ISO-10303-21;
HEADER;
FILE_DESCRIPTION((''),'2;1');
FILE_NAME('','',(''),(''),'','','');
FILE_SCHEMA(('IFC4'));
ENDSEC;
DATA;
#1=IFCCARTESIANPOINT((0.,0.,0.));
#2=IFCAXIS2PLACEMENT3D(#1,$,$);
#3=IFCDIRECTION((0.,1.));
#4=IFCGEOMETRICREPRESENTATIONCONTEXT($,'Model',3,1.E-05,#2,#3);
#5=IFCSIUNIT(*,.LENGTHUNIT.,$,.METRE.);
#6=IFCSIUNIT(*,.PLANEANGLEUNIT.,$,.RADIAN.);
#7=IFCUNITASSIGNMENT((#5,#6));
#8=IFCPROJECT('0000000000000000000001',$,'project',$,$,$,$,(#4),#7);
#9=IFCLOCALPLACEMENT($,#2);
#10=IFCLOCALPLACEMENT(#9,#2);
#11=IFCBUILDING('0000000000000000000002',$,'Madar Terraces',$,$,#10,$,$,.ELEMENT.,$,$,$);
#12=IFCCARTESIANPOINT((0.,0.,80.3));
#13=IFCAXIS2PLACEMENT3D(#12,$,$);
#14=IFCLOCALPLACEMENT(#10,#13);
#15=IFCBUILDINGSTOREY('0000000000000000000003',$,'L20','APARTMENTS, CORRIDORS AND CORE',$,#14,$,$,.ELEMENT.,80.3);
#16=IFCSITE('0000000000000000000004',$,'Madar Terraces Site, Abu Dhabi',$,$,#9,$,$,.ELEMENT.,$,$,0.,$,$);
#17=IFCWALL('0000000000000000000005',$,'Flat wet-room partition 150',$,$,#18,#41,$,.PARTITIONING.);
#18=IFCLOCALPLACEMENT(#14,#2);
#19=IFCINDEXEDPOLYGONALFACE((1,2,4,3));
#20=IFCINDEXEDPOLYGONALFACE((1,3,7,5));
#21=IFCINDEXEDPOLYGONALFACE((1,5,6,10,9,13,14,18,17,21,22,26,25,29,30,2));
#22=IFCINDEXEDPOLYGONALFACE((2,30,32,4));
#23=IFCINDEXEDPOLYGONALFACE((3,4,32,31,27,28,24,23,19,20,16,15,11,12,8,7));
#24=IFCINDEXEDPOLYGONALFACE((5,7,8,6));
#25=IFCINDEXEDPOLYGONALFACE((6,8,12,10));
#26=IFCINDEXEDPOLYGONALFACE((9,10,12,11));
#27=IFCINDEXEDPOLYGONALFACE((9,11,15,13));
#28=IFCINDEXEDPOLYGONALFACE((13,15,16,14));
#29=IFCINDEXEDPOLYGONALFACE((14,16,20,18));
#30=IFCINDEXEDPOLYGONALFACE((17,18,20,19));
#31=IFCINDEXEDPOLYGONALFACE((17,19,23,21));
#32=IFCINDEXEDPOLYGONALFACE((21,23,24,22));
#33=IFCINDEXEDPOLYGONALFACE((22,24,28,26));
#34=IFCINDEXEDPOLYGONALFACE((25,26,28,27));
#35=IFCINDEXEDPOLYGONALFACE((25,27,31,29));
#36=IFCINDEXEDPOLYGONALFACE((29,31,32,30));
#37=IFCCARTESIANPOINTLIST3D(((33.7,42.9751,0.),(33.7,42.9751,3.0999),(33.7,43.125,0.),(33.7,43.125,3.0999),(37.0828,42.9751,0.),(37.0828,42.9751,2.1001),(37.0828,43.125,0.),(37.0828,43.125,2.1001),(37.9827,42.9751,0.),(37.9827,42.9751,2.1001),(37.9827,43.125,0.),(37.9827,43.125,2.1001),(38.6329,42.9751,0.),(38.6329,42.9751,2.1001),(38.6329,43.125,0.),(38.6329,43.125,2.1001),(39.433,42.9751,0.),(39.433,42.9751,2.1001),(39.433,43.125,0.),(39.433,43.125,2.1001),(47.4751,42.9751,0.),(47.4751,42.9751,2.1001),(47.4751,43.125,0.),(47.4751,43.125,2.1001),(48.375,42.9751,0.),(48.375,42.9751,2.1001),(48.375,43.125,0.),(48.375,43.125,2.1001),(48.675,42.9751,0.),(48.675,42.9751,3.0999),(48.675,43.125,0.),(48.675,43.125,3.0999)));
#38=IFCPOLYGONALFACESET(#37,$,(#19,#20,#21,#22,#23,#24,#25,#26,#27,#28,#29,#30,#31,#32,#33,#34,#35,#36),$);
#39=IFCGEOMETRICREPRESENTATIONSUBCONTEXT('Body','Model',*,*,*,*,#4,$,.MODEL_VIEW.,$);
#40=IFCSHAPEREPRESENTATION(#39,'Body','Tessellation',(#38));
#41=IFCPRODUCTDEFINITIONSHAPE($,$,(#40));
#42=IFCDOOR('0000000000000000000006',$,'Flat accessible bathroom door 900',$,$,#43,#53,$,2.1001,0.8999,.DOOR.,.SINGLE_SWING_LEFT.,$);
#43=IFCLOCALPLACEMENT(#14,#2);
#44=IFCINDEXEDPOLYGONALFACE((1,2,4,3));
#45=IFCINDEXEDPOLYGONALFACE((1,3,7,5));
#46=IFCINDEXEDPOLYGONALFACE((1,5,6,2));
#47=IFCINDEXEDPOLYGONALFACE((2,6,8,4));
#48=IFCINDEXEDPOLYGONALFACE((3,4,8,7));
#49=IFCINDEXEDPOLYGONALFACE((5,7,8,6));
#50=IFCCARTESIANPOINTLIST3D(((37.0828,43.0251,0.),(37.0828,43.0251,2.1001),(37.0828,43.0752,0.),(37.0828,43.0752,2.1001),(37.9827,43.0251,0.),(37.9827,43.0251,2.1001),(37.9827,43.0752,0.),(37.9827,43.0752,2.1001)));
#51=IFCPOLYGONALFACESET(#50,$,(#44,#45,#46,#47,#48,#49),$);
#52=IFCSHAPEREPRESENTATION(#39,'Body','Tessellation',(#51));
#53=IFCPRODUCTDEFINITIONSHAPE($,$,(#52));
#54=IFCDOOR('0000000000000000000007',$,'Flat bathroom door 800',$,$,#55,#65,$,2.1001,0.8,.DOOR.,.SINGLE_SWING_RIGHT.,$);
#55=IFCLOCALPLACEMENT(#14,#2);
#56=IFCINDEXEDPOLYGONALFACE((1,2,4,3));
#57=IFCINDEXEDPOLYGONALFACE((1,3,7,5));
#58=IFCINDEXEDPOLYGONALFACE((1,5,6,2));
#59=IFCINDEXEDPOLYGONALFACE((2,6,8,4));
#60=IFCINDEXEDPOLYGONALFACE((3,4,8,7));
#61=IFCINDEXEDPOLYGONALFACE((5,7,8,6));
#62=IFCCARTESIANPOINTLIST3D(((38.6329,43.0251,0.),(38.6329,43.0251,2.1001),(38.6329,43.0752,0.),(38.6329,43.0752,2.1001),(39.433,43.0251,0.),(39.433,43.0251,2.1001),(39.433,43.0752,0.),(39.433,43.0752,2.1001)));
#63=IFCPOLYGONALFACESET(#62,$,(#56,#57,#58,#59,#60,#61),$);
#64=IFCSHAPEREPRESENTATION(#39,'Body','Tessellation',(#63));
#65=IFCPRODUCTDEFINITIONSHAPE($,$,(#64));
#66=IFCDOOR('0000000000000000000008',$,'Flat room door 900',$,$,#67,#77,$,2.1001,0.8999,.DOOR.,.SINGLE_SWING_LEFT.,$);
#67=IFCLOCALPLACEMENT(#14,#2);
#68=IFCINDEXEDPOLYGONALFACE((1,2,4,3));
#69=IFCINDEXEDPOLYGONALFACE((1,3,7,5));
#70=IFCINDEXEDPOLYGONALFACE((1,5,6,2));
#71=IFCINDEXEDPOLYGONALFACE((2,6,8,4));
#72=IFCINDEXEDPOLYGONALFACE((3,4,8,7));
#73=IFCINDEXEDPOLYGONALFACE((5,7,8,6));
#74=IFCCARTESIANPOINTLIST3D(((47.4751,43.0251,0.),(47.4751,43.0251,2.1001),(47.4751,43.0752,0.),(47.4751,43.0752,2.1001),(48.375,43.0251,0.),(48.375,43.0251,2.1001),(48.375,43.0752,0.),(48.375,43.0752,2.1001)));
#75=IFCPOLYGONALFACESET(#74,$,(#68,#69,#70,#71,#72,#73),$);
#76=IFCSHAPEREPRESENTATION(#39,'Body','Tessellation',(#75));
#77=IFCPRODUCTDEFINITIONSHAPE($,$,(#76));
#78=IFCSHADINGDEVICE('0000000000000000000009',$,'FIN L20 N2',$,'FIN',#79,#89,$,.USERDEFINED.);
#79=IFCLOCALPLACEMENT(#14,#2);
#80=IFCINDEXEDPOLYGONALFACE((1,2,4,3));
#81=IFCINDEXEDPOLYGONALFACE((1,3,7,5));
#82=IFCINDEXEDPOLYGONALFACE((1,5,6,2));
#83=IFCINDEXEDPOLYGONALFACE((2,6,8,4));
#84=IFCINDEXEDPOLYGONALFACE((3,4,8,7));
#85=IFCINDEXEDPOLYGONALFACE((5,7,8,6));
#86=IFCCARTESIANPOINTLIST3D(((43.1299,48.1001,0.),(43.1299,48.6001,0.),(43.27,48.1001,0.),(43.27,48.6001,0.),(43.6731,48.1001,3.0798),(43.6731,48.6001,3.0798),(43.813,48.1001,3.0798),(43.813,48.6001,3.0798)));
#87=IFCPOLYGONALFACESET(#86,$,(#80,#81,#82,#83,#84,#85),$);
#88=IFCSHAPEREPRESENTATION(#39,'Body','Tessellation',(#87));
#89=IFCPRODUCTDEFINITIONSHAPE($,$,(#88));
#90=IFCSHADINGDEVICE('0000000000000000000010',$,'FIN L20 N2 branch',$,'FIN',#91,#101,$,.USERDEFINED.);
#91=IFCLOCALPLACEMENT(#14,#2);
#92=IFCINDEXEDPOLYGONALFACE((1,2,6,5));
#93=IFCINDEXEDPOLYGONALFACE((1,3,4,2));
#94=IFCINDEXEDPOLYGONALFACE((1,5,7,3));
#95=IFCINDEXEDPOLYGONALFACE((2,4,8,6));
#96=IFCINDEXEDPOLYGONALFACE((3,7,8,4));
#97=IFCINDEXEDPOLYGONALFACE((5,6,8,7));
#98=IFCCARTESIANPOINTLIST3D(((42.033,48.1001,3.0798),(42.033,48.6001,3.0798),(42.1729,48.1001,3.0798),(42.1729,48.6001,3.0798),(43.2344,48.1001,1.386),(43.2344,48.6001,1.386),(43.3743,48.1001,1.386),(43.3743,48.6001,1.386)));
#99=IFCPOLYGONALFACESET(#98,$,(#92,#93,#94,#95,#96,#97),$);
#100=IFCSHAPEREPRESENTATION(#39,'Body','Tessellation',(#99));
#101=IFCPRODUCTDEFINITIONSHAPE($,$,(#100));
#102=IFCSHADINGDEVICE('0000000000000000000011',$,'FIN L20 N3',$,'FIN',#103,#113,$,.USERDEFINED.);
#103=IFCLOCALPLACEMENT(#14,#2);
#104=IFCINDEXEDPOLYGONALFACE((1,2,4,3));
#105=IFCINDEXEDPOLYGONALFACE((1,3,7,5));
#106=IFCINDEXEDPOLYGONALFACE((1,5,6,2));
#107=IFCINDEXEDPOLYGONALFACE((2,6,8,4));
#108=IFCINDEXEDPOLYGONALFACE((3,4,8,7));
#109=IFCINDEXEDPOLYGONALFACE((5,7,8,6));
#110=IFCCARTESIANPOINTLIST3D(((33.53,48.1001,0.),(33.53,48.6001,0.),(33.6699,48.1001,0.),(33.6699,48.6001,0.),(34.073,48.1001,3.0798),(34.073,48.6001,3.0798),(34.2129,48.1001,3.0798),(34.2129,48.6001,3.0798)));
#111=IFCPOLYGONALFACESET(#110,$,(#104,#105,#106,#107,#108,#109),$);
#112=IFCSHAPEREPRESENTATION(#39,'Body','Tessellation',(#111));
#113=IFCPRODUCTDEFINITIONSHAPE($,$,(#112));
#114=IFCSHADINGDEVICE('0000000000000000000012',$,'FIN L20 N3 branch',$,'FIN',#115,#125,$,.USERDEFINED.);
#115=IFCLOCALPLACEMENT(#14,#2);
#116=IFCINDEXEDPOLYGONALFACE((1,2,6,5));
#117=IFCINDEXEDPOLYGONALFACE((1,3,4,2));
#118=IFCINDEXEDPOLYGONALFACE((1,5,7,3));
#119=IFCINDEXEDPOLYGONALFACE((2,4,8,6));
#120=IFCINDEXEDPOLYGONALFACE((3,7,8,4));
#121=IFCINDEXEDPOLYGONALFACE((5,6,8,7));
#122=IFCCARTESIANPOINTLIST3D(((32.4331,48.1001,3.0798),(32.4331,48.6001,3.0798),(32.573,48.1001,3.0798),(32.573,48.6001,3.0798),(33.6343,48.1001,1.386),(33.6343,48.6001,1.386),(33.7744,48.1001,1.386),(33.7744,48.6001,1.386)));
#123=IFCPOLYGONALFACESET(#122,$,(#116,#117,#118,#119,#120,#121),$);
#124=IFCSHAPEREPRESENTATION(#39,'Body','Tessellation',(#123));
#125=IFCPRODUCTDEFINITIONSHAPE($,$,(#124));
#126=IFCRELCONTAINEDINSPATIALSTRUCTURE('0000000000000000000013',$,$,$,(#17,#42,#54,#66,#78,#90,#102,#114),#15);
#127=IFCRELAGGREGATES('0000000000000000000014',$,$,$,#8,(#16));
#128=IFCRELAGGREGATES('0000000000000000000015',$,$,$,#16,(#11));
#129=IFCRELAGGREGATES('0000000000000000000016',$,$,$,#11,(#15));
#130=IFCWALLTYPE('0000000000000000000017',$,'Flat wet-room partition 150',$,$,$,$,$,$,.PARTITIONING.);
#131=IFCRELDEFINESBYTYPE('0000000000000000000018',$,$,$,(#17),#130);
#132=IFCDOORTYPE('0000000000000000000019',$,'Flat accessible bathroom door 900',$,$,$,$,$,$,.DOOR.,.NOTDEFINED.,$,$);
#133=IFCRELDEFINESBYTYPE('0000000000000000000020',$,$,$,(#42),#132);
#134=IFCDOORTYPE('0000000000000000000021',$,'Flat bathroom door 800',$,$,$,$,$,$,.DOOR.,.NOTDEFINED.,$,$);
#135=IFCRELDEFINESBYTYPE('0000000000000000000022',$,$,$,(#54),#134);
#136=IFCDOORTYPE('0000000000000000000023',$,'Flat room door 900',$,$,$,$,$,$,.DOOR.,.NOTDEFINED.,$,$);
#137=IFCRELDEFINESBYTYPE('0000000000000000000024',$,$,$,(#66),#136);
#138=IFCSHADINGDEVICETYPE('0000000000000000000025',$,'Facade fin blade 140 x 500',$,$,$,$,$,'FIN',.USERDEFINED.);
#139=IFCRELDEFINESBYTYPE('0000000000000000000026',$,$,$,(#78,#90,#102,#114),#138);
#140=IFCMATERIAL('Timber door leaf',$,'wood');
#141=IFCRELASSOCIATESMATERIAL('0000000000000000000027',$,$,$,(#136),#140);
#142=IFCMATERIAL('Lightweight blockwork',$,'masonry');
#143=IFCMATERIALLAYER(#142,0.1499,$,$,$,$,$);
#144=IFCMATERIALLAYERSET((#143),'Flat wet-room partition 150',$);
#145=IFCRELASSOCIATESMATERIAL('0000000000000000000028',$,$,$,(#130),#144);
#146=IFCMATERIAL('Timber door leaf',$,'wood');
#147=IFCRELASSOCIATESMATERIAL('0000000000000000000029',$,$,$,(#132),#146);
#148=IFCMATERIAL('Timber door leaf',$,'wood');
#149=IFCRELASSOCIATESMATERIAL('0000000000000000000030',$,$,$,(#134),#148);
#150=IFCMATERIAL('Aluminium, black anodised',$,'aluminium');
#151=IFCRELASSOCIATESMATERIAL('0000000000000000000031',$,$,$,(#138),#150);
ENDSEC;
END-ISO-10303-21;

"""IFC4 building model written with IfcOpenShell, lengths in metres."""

from ifc_helpers import new_model, si_unit, direction, frame, frame_2d, origin, place, context, subcontext, project, spatial, polyline, rectangle, outline, extrude, material, layer, layer_set, type_object, element, fill, save


model = new_model("IFC4")

# Units and contexts
model_context = context("Model", 3, precision=1e-05, world=origin(), true_north=direction((0.0, 1.0)))
body_context = subcontext(model_context, "Body", "Model", "MODEL_VIEW")
ifc_project = project(units=[si_unit("LENGTHUNIT", "METRE"), si_unit("PLANEANGLEUNIT", "RADIAN")], contexts=[model_context])

# Site, building, storey
site_placement = place(None, origin())
site = spatial("IfcSite", under=ifc_project, at=site_placement, Name="Madar Terraces Site, Abu Dhabi", CompositionType="ELEMENT", RefElevation=0.0)
building_placement = place(site_placement, origin())
building = spatial("IfcBuilding", under=site, at=building_placement, Name="Madar Terraces", CompositionType="ELEMENT")
storey_placement = place(building_placement, frame((0.0, 0.0, 80.3)))
storey = spatial("IfcBuildingStorey", under=building, at=storey_placement, Name="L20", Description="APARTMENTS, CORRIDORS AND CORE", CompositionType="ELEMENT", Elevation=80.3)

# Shared definitions
ifc_material_1 = material(Name="Timber door leaf", Category="wood")
door_type_1 = type_object("IfcDoorType", Name="Flat room door 900", OperationType="NOTDEFINED", PredefinedType="DOOR", material=ifc_material_1)

# Shared definitions
ifc_material_2 = material(Name="Lightweight blockwork", Category="masonry")
ifc_layer_1 = layer(ifc_material_2, 0.1499)
ifc_layer_set_1 = layer_set([ifc_layer_1], Name="Flat wet-room partition 150")
wall_type_1 = type_object("IfcWallType", Name="Flat wet-room partition 150", PredefinedType="PARTITIONING", material=ifc_layer_set_1)

# Wall, openings, doors
wall_1_placement = place(storey_placement, frame((48.675, 43.05, 0.0), z_axis=(0.0, 0.0, 1.0), x_axis=(-1.0, 0.0, 0.0)))
wall_1 = element("IfcWall", 1, at=wall_1_placement, inside=storey, type_object=wall_type_1, Name="Flat wet-room partition 150", PredefinedType="PARTITIONING", context=body_context, shape_type="SweptSolid", body=[
    extrude(rectangle(XDim=14.9751, YDim=0.1499, at=frame_2d((7.4875, 0.0))), origin(), (0.0, 0.0, 1.0), 3.0999),
])
opening_1_placement = place(wall_1_placement, frame((0.3, 0.0, 0.0)))
opening_1 = element("IfcOpeningElement", 2, at=opening_1_placement, cuts=wall_1, PredefinedType="OPENING", context=body_context, shape_type="SweptSolid", body=[
    extrude(rectangle(XDim=0.8999, YDim=2.1001, at=frame_2d((0.45, 1.05))), frame((0.0, 0.085, 0.0), z_axis=(0.0, -1.0, 0.0), x_axis=(1.0, 0.0, 0.0)), (0.0, 0.0, 1.0), 0.1699),
])
opening_2_placement = place(wall_1_placement, frame((9.2422, 0.0, 0.0)))
opening_2 = element("IfcOpeningElement", 3, at=opening_2_placement, cuts=wall_1, PredefinedType="OPENING", context=body_context, shape_type="SweptSolid", body=[
    extrude(rectangle(XDim=0.8, YDim=2.1001, at=frame_2d((0.3999, 1.05))), frame((0.0, 0.085, 0.0), z_axis=(0.0, -1.0, 0.0), x_axis=(1.0, 0.0, 0.0)), (0.0, 0.0, 1.0), 0.1699),
])
opening_3_placement = place(wall_1_placement, frame((10.6924, 0.0, 0.0)))
opening_3 = element("IfcOpeningElement", 4, at=opening_3_placement, cuts=wall_1, PredefinedType="OPENING", context=body_context, shape_type="SweptSolid", body=[
    extrude(rectangle(XDim=0.8999, YDim=2.1001, at=frame_2d((0.45, 1.05))), frame((0.0, 0.085, 0.0), z_axis=(0.0, -1.0, 0.0), x_axis=(1.0, 0.0, 0.0)), (0.0, 0.0, 1.0), 0.1699),
])
ifc_material_3 = material(Name="Timber door leaf", Category="wood")
door_type_2 = type_object("IfcDoorType", Name="Flat accessible bathroom door 900", OperationType="NOTDEFINED", PredefinedType="DOOR", material=ifc_material_3)
door_1_placement = place(opening_3_placement, origin())
door_1 = element("IfcDoor", 5, at=door_1_placement, inside=storey, type_object=door_type_2, Name="Flat accessible bathroom door 900", OperationType="SINGLE_SWING_LEFT", OverallHeight=2.1001, OverallWidth=0.8999, PredefinedType="DOOR", context=body_context, shape_type="SweptSolid", body=[
    extrude(rectangle(XDim=0.8999, YDim=2.1001, at=frame_2d((0.45, 1.05))), frame((0.0, 0.0249, 0.0), z_axis=(0.0, -1.0, 0.0), x_axis=(1.0, 0.0, 0.0)), (0.0, 0.0, 1.0), 0.05),
])
fill(opening_3, door_1)
ifc_material_4 = material(Name="Timber door leaf", Category="wood")
door_type_3 = type_object("IfcDoorType", Name="Flat bathroom door 800", OperationType="NOTDEFINED", PredefinedType="DOOR", material=ifc_material_4)
door_2_placement = place(opening_2_placement, origin())
door_2 = element("IfcDoor", 6, at=door_2_placement, inside=storey, type_object=door_type_3, Name="Flat bathroom door 800", OperationType="SINGLE_SWING_RIGHT", OverallHeight=2.1001, OverallWidth=0.8, PredefinedType="DOOR", context=body_context, shape_type="SweptSolid", body=[
    extrude(rectangle(XDim=0.8, YDim=2.1001, at=frame_2d((0.3999, 1.05))), frame((0.0, 0.0249, 0.0), z_axis=(0.0, -1.0, 0.0), x_axis=(1.0, 0.0, 0.0)), (0.0, 0.0, 1.0), 0.05),
])
fill(opening_2, door_2)
door_3_placement = place(opening_1_placement, origin())
door_3 = element("IfcDoor", 7, at=door_3_placement, inside=storey, type_object=door_type_1, Name="Flat room door 900", OperationType="SINGLE_SWING_LEFT", OverallHeight=2.1001, OverallWidth=0.8999, PredefinedType="DOOR", context=body_context, shape_type="SweptSolid", body=[
    extrude(rectangle(XDim=0.8999, YDim=2.1001, at=frame_2d((0.45, 1.05))), frame((0.0, 0.0249, 0.0), z_axis=(0.0, -1.0, 0.0), x_axis=(1.0, 0.0, 0.0)), (0.0, 0.0, 1.0), 0.05),
])
fill(opening_1, door_3)

# Shading devices
ifc_material_5 = material(Name="Aluminium, black anodised", Category="aluminium")
shading_device_type = type_object("IfcShadingDeviceType", Name="Facade fin blade 140 x 500", ElementType="FIN", PredefinedType="USERDEFINED", material=ifc_material_5)
shading_device_1_placement = place(storey_placement, frame((43.27, 48.3501, 0.0), z_axis=(0.0, 0.0, 1.0), x_axis=(-1.0, 0.0, 0.0)))
element("IfcShadingDevice", 8, at=shading_device_1_placement, inside=storey, type_object=shading_device_type, Name="FIN L20 N2", ObjectType="FIN", PredefinedType="USERDEFINED", context=body_context, shape_type="SweptSolid", body=[
    extrude(outline(polyline([(0.0, 0.0), (0.1401, 0.0), (-0.4031, 3.0798), (-0.543, 3.0798), (0.0, 0.0)])), frame((0.0, 0.25, 0.0), z_axis=(0.0, -1.0, 0.0), x_axis=(1.0, 0.0, 0.0)), (0.0, 0.0, 1.0), 0.5),
])
shading_device_2_placement = place(storey_placement, frame((43.3743, 48.3501, 1.386), z_axis=(0.0, 0.0, 1.0), x_axis=(-1.0, 0.0, 0.0)))
element("IfcShadingDevice", 9, at=shading_device_2_placement, inside=storey, type_object=shading_device_type, Name="FIN L20 N2 branch", ObjectType="FIN", PredefinedType="USERDEFINED", context=body_context, shape_type="SweptSolid", body=[
    extrude(outline(polyline([(0.0, 0.0), (0.1399, 0.0), (1.3413, 1.6938), (1.2014, 1.6938), (0.0, 0.0)])), frame((0.0, 0.25, 0.0), z_axis=(0.0, -1.0, 0.0), x_axis=(1.0, 0.0, 0.0)), (0.0, 0.0, 1.0), 0.5),
])
shading_device_3_placement = place(storey_placement, frame((33.6699, 48.3501, 0.0), z_axis=(0.0, 0.0, 1.0), x_axis=(-1.0, 0.0, 0.0)))
element("IfcShadingDevice", 10, at=shading_device_3_placement, inside=storey, type_object=shading_device_type, Name="FIN L20 N3", ObjectType="FIN", PredefinedType="USERDEFINED", context=body_context, shape_type="SweptSolid", body=[
    extrude(outline(polyline([(0.0, 0.0), (0.1399, 0.0), (-0.4031, 3.0798), (-0.543, 3.0798), (0.0, 0.0)])), frame((0.0, 0.25, 0.0), z_axis=(0.0, -1.0, 0.0), x_axis=(1.0, 0.0, 0.0)), (0.0, 0.0, 1.0), 0.5),
])
shading_device_4_placement = place(storey_placement, frame((33.7744, 48.3501, 1.386), z_axis=(0.0, 0.0, 1.0), x_axis=(-1.0, 0.0, 0.0)))
element("IfcShadingDevice", 11, at=shading_device_4_placement, inside=storey, type_object=shading_device_type, Name="FIN L20 N3 branch", ObjectType="FIN", PredefinedType="USERDEFINED", context=body_context, shape_type="SweptSolid", body=[
    extrude(outline(polyline([(0.0, 0.0), (0.1401, 0.0), (1.3413, 1.6938), (1.2014, 1.6938), (0.0, 0.0)])), frame((0.0, 0.25, 0.0), z_axis=(0.0, -1.0, 0.0), x_axis=(1.0, 0.0, 0.0)), (0.0, 0.0, 1.0), 0.5),
])

save(model, "model.ifc")
